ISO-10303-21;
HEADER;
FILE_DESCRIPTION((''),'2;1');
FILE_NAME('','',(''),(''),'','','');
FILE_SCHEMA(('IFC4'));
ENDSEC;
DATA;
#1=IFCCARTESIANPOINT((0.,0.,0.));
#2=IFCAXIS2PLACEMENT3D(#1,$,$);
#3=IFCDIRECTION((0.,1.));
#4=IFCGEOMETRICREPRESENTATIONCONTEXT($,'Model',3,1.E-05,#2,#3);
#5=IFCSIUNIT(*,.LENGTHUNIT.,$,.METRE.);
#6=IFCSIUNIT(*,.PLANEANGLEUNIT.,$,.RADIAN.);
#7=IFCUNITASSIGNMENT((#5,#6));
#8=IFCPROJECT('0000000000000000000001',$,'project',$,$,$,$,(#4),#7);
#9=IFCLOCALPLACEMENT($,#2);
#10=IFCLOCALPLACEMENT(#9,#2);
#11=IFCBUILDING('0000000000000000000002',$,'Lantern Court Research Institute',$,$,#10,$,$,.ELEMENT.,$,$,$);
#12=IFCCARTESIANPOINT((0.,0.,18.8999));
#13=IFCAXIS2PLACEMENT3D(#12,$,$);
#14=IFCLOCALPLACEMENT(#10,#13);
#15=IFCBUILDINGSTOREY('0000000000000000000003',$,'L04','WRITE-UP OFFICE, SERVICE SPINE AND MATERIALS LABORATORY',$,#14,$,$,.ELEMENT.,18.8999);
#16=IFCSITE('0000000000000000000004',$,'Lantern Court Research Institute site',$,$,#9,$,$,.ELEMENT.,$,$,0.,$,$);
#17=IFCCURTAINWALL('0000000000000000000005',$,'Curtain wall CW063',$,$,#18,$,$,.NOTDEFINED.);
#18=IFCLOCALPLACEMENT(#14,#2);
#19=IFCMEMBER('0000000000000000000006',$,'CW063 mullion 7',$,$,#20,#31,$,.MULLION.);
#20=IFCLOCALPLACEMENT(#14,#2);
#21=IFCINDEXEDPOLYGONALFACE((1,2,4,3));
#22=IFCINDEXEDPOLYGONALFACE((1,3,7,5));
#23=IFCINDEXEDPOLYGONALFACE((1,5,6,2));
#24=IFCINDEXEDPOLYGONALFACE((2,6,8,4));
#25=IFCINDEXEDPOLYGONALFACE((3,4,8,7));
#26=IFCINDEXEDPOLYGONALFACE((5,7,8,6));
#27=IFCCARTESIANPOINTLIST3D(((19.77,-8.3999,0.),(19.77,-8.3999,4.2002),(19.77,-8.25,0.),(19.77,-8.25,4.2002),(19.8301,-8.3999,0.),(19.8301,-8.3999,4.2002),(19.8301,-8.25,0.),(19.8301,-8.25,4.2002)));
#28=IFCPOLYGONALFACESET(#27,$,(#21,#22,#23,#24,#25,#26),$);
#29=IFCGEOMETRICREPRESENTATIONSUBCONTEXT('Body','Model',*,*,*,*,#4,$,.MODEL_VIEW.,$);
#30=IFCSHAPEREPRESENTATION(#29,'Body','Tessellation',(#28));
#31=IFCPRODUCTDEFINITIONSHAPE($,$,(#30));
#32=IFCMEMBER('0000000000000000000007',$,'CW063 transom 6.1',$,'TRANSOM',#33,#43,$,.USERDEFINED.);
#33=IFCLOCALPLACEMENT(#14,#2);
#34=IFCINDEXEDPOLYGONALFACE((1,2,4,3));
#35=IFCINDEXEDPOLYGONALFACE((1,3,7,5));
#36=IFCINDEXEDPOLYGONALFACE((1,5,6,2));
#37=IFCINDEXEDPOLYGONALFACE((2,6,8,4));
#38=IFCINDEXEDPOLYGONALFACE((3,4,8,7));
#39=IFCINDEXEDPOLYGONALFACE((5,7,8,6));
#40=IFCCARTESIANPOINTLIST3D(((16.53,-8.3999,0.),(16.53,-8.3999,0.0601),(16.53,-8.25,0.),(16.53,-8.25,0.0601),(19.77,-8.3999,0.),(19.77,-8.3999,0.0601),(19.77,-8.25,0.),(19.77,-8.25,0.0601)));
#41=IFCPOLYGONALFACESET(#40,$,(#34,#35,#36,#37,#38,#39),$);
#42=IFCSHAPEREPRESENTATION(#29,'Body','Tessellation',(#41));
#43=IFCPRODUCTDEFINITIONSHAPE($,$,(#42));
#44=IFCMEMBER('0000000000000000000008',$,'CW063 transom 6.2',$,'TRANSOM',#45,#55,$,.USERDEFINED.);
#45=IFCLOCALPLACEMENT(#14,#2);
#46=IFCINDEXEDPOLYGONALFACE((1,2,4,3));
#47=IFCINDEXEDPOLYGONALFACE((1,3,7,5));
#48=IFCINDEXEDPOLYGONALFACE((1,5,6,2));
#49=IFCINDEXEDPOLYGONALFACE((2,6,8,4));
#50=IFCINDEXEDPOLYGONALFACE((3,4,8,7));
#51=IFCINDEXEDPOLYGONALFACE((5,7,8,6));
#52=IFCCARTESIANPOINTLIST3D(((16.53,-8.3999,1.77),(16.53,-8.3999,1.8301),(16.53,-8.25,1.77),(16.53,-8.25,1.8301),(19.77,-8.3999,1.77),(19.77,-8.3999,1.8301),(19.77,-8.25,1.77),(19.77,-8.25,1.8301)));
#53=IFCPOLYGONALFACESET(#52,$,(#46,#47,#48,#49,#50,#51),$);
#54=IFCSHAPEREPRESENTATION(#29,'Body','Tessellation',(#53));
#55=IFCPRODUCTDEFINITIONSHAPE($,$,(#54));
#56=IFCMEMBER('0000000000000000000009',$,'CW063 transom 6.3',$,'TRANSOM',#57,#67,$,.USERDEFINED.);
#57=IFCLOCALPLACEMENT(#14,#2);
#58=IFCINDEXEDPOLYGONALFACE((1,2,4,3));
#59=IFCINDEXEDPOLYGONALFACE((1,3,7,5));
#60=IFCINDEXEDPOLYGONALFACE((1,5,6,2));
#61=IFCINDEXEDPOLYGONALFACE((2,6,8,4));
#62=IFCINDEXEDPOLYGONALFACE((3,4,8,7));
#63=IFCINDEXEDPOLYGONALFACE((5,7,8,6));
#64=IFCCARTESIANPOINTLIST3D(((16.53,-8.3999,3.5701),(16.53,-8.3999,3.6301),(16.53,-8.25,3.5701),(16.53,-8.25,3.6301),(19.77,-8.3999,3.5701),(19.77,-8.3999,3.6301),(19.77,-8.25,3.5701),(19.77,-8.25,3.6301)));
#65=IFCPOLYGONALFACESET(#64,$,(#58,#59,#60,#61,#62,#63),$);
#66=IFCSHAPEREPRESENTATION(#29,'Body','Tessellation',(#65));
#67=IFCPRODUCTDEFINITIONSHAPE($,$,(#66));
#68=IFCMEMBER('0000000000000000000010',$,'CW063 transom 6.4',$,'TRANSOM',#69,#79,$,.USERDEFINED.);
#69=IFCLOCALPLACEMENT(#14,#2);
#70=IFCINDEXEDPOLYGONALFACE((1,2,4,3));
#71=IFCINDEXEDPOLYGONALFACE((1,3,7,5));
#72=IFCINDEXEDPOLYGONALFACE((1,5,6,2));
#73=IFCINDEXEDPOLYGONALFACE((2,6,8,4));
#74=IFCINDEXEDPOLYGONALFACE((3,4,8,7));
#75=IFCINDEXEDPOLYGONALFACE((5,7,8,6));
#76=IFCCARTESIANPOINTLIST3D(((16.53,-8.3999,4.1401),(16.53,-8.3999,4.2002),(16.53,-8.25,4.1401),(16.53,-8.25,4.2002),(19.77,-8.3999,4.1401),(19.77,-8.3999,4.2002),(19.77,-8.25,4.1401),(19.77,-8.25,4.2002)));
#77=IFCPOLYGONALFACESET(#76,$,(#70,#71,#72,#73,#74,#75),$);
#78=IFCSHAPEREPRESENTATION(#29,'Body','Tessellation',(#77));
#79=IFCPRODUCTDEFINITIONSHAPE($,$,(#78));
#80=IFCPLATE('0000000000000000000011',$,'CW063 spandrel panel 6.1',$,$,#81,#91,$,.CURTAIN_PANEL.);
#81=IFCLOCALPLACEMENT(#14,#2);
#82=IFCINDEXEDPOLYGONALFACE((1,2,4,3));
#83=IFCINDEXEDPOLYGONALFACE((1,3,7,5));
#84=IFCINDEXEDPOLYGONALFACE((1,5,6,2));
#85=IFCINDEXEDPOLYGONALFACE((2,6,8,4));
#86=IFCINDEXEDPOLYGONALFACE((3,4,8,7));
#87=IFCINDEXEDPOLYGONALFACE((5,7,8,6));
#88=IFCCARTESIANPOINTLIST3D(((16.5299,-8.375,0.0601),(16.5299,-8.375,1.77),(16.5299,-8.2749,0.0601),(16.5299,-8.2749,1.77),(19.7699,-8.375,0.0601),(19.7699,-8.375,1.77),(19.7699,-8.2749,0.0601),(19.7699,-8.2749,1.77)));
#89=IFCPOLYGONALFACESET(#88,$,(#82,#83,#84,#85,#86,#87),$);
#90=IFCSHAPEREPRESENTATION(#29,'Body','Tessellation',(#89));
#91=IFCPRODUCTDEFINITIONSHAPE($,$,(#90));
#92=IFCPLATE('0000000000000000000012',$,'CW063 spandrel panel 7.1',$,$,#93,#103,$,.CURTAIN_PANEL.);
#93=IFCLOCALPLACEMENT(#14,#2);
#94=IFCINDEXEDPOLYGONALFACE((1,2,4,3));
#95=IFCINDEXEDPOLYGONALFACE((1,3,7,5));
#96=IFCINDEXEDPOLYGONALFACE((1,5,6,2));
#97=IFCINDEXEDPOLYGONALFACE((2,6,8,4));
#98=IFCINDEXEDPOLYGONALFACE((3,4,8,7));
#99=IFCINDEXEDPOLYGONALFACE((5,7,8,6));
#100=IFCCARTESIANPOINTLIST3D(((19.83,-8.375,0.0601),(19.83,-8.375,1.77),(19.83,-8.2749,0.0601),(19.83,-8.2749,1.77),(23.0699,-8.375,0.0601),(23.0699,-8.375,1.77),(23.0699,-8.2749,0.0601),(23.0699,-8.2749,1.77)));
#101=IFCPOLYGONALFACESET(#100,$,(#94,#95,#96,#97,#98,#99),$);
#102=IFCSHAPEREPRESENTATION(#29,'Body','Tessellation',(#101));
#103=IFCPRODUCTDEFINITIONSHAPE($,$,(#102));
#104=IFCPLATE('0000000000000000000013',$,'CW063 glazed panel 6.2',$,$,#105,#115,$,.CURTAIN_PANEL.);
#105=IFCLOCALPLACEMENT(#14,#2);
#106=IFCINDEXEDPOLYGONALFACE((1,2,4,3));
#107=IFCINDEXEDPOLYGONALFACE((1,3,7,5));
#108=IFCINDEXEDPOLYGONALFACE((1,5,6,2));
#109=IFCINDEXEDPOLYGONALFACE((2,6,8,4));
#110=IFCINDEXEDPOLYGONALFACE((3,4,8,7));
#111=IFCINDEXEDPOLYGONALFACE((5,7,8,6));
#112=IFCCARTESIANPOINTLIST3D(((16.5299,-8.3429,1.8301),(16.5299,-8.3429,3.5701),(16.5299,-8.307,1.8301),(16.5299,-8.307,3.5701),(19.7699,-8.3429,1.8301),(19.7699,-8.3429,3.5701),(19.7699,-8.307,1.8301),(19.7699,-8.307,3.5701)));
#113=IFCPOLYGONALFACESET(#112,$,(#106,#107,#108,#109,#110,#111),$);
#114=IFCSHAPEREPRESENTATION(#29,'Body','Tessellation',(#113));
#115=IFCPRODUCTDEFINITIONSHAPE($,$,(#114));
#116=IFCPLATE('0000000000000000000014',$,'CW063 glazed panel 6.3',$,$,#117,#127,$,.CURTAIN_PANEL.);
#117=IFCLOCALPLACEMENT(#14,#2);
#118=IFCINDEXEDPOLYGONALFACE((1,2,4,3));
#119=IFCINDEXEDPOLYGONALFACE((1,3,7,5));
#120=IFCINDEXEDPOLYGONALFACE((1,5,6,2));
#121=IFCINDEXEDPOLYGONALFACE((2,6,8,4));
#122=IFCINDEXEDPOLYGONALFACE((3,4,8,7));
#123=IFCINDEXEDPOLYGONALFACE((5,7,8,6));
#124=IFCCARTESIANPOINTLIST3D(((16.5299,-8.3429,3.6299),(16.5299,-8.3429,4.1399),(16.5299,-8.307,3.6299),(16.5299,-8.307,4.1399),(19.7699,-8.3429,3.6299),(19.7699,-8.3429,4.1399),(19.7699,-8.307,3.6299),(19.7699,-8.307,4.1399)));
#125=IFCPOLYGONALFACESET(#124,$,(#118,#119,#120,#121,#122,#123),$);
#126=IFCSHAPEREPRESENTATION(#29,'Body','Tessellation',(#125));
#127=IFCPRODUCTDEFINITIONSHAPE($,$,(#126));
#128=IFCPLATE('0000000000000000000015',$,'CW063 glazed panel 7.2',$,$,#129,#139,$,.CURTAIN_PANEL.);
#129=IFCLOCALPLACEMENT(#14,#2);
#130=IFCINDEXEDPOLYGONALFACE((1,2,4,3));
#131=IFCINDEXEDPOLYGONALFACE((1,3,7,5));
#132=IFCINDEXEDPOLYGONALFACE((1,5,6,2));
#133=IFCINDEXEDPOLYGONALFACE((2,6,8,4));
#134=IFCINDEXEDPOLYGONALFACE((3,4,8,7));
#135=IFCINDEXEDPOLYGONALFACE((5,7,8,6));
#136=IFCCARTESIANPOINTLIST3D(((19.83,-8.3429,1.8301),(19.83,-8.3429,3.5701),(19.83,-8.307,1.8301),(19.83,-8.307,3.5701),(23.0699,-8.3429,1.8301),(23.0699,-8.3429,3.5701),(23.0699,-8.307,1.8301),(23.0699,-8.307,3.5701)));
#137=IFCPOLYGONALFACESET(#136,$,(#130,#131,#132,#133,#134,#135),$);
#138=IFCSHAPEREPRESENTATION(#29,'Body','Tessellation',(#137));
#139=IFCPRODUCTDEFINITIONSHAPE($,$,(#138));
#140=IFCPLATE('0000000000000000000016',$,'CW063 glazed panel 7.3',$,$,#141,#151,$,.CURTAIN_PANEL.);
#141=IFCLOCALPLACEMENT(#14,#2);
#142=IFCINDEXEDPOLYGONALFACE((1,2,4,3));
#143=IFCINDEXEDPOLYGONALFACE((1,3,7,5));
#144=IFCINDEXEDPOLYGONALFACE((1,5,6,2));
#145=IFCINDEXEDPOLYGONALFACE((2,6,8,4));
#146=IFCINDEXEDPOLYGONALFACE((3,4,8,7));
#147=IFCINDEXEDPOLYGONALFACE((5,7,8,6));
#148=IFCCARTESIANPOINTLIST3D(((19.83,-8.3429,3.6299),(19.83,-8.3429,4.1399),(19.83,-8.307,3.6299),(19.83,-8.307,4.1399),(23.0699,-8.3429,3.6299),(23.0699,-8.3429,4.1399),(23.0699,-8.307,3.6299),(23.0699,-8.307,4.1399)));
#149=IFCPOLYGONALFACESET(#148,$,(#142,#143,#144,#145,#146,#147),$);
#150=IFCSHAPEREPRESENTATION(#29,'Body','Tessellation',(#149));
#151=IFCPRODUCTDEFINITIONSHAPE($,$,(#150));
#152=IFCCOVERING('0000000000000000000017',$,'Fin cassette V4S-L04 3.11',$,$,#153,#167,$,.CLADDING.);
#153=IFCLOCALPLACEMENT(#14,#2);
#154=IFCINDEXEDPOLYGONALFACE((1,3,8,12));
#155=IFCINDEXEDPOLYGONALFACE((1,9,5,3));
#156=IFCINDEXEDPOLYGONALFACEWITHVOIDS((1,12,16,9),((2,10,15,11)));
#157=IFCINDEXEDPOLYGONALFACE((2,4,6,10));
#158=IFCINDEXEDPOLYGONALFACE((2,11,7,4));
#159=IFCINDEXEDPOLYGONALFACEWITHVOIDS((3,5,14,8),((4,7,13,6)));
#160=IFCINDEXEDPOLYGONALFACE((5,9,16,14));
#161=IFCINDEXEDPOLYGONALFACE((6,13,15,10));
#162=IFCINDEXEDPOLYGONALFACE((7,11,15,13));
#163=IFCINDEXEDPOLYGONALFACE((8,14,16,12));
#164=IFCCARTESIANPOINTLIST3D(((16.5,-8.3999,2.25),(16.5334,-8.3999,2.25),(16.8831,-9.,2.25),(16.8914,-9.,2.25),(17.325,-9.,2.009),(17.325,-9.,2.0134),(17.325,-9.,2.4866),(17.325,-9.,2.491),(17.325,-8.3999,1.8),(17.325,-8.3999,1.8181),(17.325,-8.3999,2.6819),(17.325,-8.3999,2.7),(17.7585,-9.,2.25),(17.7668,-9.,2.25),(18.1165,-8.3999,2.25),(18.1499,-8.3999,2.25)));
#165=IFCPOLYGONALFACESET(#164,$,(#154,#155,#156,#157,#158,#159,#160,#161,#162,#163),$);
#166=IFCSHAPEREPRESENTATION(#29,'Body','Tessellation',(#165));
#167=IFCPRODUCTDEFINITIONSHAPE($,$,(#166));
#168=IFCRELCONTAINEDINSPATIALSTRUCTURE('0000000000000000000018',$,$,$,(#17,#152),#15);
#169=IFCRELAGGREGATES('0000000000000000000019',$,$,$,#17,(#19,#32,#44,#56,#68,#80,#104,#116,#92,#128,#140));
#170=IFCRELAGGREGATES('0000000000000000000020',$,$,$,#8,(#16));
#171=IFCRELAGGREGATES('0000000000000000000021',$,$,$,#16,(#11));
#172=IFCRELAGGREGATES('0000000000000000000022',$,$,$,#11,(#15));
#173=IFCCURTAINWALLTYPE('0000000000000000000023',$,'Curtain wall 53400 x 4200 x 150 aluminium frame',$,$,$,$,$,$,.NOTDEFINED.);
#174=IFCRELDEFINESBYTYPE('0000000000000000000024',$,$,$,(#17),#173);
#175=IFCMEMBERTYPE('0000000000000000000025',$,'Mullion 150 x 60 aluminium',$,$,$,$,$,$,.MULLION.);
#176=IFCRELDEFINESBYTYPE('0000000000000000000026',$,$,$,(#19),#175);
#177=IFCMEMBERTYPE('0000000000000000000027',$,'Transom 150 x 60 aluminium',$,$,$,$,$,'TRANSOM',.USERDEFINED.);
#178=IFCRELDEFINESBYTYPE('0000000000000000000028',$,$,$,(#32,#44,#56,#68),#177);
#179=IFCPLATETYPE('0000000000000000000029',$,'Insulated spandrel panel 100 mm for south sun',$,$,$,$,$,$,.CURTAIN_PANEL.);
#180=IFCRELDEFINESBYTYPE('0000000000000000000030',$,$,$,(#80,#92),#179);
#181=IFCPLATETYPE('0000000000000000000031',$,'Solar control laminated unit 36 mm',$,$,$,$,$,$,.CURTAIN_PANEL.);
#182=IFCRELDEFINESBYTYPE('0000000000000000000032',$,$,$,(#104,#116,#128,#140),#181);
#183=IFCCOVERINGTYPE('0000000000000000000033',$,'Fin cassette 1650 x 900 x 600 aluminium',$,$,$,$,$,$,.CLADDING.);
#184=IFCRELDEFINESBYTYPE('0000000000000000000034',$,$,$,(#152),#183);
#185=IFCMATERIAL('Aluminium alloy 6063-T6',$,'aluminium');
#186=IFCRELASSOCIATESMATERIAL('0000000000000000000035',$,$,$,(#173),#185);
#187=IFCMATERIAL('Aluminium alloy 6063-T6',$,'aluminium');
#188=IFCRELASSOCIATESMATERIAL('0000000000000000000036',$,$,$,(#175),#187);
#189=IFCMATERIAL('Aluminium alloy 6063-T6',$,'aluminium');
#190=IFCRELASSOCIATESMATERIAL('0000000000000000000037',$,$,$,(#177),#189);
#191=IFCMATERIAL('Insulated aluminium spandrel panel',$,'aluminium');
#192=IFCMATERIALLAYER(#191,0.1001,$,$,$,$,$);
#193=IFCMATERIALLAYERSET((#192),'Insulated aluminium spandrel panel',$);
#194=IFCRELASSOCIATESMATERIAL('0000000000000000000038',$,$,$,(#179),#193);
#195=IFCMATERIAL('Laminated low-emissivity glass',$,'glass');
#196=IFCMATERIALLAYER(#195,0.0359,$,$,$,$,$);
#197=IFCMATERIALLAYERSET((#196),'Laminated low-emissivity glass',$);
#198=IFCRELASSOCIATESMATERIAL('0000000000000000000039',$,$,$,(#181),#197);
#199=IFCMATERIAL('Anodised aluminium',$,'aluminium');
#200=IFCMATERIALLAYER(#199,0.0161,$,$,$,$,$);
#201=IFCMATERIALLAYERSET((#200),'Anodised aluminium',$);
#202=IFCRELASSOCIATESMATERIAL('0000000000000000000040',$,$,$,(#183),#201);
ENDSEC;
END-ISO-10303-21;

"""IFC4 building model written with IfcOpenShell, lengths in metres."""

from ifc_helpers import new_model, entity, si_unit, direction, frame, origin, origin_2d, place, context, subcontext, project, spatial, rectangle, extrude, material, layer, layer_set, material_profile, profile_set, type_object, element, aggregate, save


model = new_model("IFC4")

# Units and contexts
model_context = context("Model", 3, precision=1e-05, world=origin(), true_north=direction((0.0, 1.0)))
body_context = subcontext(model_context, "Body", "Model", "MODEL_VIEW")
ifc_project = project(units=[si_unit("LENGTHUNIT", "METRE"), si_unit("PLANEANGLEUNIT", "RADIAN")], contexts=[model_context])

# Site, building, storey
site_placement = place(None, origin())
site = spatial("IfcSite", under=ifc_project, at=site_placement, Name="Lantern Court Research Institute site", CompositionType="ELEMENT", RefElevation=0.0)
building_placement = place(site_placement, origin())
building = spatial("IfcBuilding", under=site, at=building_placement, Name="Lantern Court Research Institute", CompositionType="ELEMENT")
storey_placement = place(building_placement, frame((0.0, 0.0, 18.8999)))
storey = spatial("IfcBuildingStorey", under=building, at=storey_placement, Name="L04", Description="WRITE-UP OFFICE, SERVICE SPINE AND MATERIALS LABORATORY", CompositionType="ELEMENT", Elevation=18.8999)

# Curtain wall, members, plates
ifc_material_1 = material(Name="Aluminium alloy 6063-T6", Category="aluminium")
curtain_wall_type = type_object("IfcCurtainWallType", Name="Curtain wall 53400 x 4200 x 150 aluminium frame", PredefinedType="NOTDEFINED", material=ifc_material_1)
curtain_wall_placement = place(storey_placement, origin())
curtain_wall = element("IfcCurtainWall", 1, at=curtain_wall_placement, inside=storey, type_object=curtain_wall_type, Name="Curtain wall CW063", PredefinedType="NOTDEFINED")
ifc_material_2 = material(Name="Aluminium alloy 6063-T6", Category="aluminium")
ifc_material_profile_1 = material_profile(ifc_material_2, rectangle(XDim=0.1499, YDim=0.0601, at=origin_2d()), Name="Mullion 150 x 60")
ifc_profile_set_1 = profile_set([ifc_material_profile_1], Name="Aluminium alloy 6063-T6")
member_type_1 = type_object("IfcMemberType", Name="Mullion 150 x 60 aluminium", PredefinedType="MULLION", material=ifc_profile_set_1)
member_1_placement = place(storey_placement, frame((19.8, -8.325, 0.0), z_axis=(0.0, 0.0, 1.0), x_axis=(0.0, -1.0, 0.0)))
member_1 = element("IfcMember", 2, at=member_1_placement, type_object=member_type_1, Name="CW063 mullion 7", PredefinedType="MULLION", context=body_context, shape_type="SweptSolid", body=[
    extrude(rectangle(XDim=0.1499, YDim=0.0601, at=origin_2d()), origin(), (0.0, 0.0, 1.0), 4.2002),
])
ifc_material_3 = material(Name="Aluminium alloy 6063-T6", Category="aluminium")
ifc_material_profile_2 = material_profile(ifc_material_3, rectangle(XDim=0.1499, YDim=0.0601, at=origin_2d()), Name="Transom 150 x 60")
ifc_profile_set_2 = profile_set([ifc_material_profile_2], Name="Aluminium alloy 6063-T6")
member_type_2 = type_object("IfcMemberType", Name="Transom 150 x 60 aluminium", ElementType="TRANSOM", PredefinedType="USERDEFINED", material=ifc_profile_set_2)
member_2_placement = place(storey_placement, frame((19.77, -8.325, 0.03), z_axis=(-1.0, 0.0, 0.0), x_axis=(0.0, -1.0, 0.0)))
member_2 = element("IfcMember", 3, at=member_2_placement, type_object=member_type_2, Name="CW063 transom 6.1", ObjectType="TRANSOM", PredefinedType="USERDEFINED", context=body_context, shape_type="SweptSolid", body=[
    extrude(rectangle(XDim=0.1499, YDim=0.0601, at=origin_2d()), origin(), (0.0, 0.0, 1.0), 3.24),
])
member_3_placement = place(storey_placement, frame((19.77, -8.325, 1.8), z_axis=(-1.0, 0.0, 0.0), x_axis=(0.0, -1.0, 0.0)))
member_3 = element("IfcMember", 4, at=member_3_placement, type_object=member_type_2, Name="CW063 transom 6.2", ObjectType="TRANSOM", PredefinedType="USERDEFINED", context=body_context, shape_type="SweptSolid", body=[
    extrude(rectangle(XDim=0.1499, YDim=0.0601, at=origin_2d()), origin(), (0.0, 0.0, 1.0), 3.24),
])
member_4_placement = place(storey_placement, frame((19.77, -8.325, 3.6001), z_axis=(-1.0, 0.0, 0.0), x_axis=(0.0, -1.0, 0.0)))
member_4 = element("IfcMember", 5, at=member_4_placement, type_object=member_type_2, Name="CW063 transom 6.3", ObjectType="TRANSOM", PredefinedType="USERDEFINED", context=body_context, shape_type="SweptSolid", body=[
    extrude(rectangle(XDim=0.1499, YDim=0.0601, at=origin_2d()), origin(), (0.0, 0.0, 1.0), 3.24),
])
member_5_placement = place(storey_placement, frame((19.77, -8.325, 4.1702), z_axis=(-1.0, 0.0, 0.0), x_axis=(0.0, -1.0, 0.0)))
member_5 = element("IfcMember", 6, at=member_5_placement, type_object=member_type_2, Name="CW063 transom 6.4", ObjectType="TRANSOM", PredefinedType="USERDEFINED", context=body_context, shape_type="SweptSolid", body=[
    extrude(rectangle(XDim=0.1499, YDim=0.0601, at=origin_2d()), origin(), (0.0, 0.0, 1.0), 3.24),
])
ifc_material_4 = material(Name="Insulated aluminium spandrel panel", Category="aluminium")
ifc_layer_1 = layer(ifc_material_4, 0.1001)
ifc_layer_set_1 = layer_set([ifc_layer_1], Name="Insulated aluminium spandrel panel")
plate_type_1 = type_object("IfcPlateType", Name="Insulated spandrel panel 100 mm for south sun", PredefinedType="CURTAIN_PANEL", material=ifc_layer_set_1)
plate_1_placement = place(storey_placement, frame((18.1499, -8.325, 0.0601), z_axis=(0.0, 0.0, 1.0), x_axis=(-1.0, 0.0, 0.0)))
plate_1 = element("IfcPlate", 7, at=plate_1_placement, type_object=plate_type_1, Name="CW063 spandrel panel 6.1", PredefinedType="CURTAIN_PANEL", context=body_context, shape_type="SweptSolid", body=[
    extrude(rectangle(XDim=3.24, YDim=0.1001, at=origin_2d()), origin(), (0.0, 0.0, 1.0), 1.71),
])
plate_2_placement = place(storey_placement, frame((21.45, -8.325, 0.0601), z_axis=(0.0, 0.0, 1.0), x_axis=(-1.0, 0.0, 0.0)))
plate_2 = element("IfcPlate", 8, at=plate_2_placement, type_object=plate_type_1, Name="CW063 spandrel panel 7.1", PredefinedType="CURTAIN_PANEL", context=body_context, shape_type="SweptSolid", body=[
    extrude(rectangle(XDim=3.24, YDim=0.1001, at=origin_2d()), origin(), (0.0, 0.0, 1.0), 1.71),
])
ifc_material_5 = material(Name="Laminated low-emissivity glass", Category="glass")
ifc_layer_2 = layer(ifc_material_5, 0.0359)
ifc_layer_set_2 = layer_set([ifc_layer_2], Name="Laminated low-emissivity glass")
plate_type_2 = type_object("IfcPlateType", Name="Solar control laminated unit 36 mm", PredefinedType="CURTAIN_PANEL", material=ifc_layer_set_2)
plate_3_placement = place(storey_placement, frame((18.1499, -8.325, 1.8301), z_axis=(0.0, 0.0, 1.0), x_axis=(-1.0, 0.0, 0.0)))
plate_3 = element("IfcPlate", 9, at=plate_3_placement, type_object=plate_type_2, Name="CW063 glazed panel 6.2", PredefinedType="CURTAIN_PANEL", context=body_context, shape_type="SweptSolid", body=[
    extrude(rectangle(XDim=3.24, YDim=0.0359, at=origin_2d()), origin(), (0.0, 0.0, 1.0), 1.74),
])
plate_4_placement = place(storey_placement, frame((18.1499, -8.325, 3.6299), z_axis=(0.0, 0.0, 1.0), x_axis=(-1.0, 0.0, 0.0)))
plate_4 = element("IfcPlate", 10, at=plate_4_placement, type_object=plate_type_2, Name="CW063 glazed panel 6.3", PredefinedType="CURTAIN_PANEL", context=body_context, shape_type="SweptSolid", body=[
    extrude(rectangle(XDim=3.24, YDim=0.0359, at=origin_2d()), origin(), (0.0, 0.0, 1.0), 0.51),
])
plate_5_placement = place(storey_placement, frame((21.45, -8.325, 1.8301), z_axis=(0.0, 0.0, 1.0), x_axis=(-1.0, 0.0, 0.0)))
plate_5 = element("IfcPlate", 11, at=plate_5_placement, type_object=plate_type_2, Name="CW063 glazed panel 7.2", PredefinedType="CURTAIN_PANEL", context=body_context, shape_type="SweptSolid", body=[
    extrude(rectangle(XDim=3.24, YDim=0.0359, at=origin_2d()), origin(), (0.0, 0.0, 1.0), 1.74),
])
plate_6_placement = place(storey_placement, frame((21.45, -8.325, 3.6299), z_axis=(0.0, 0.0, 1.0), x_axis=(-1.0, 0.0, 0.0)))
plate_6 = element("IfcPlate", 12, at=plate_6_placement, type_object=plate_type_2, Name="CW063 glazed panel 7.3", PredefinedType="CURTAIN_PANEL", context=body_context, shape_type="SweptSolid", body=[
    extrude(rectangle(XDim=3.24, YDim=0.0359, at=origin_2d()), origin(), (0.0, 0.0, 1.0), 0.51),
])
aggregate(curtain_wall, [member_1, member_2, member_3, member_4, member_5, plate_1, plate_3, plate_4, plate_2, plate_5, plate_6])

# Covering
ifc_material_6 = material(Name="Anodised aluminium", Category="aluminium")
ifc_layer_3 = layer(ifc_material_6, 0.0161)
ifc_layer_set_3 = layer_set([ifc_layer_3], Name="Anodised aluminium")
covering_type = type_object("IfcCoveringType", Name="Fin cassette 1650 x 900 x 600 aluminium", PredefinedType="CLADDING", material=ifc_layer_set_3)
covering_1_placement = place(storey_placement, frame((17.325, -8.3999, 2.25), z_axis=(0.0, -1.0, 0.0), x_axis=(1.0, 0.0, 0.0)))
cartesian_point_1 = entity("IfcCartesianPoint", [0.825, 0.0])
cartesian_point_2 = entity("IfcCartesianPoint", [0.7915, 0.0])
cartesian_point_3 = entity("IfcCartesianPoint", [0.4419, 0.0])
cartesian_point_4 = entity("IfcCartesianPoint", [0.4336, 0.0])
element("IfcCovering", 13, at=covering_1_placement, inside=storey, type_object=covering_type, Name="Fin cassette V4S-L04 3.11", PredefinedType="CLADDING", context=body_context, shape_type="SweptSolid", body=[
    entity("IfcExtrudedAreaSolidTapered", entity("IfcArbitraryProfileDefWithVoids", "AREA", None, entity("IfcPolyline", [cartesian_point_1, entity("IfcCartesianPoint", [0.0, 0.45]), entity("IfcCartesianPoint", [-0.825, 0.0]), entity("IfcCartesianPoint", [0.0, -0.45]), cartesian_point_1]), [entity("IfcPolyline", [cartesian_point_2, entity("IfcCartesianPoint", [0.0, 0.4319]), entity("IfcCartesianPoint", [-0.7915, 0.0]), entity("IfcCartesianPoint", [0.0, -0.4319]), cartesian_point_2])]), entity("IfcAxis2Placement3D", entity("IfcCartesianPoint", [0.0, 0.0, 0.0])), entity("IfcDirection", [0.0, 0.0, 1.0]), 0.6001, entity("IfcArbitraryProfileDefWithVoids", "AREA", None, entity("IfcPolyline", [cartesian_point_3, entity("IfcCartesianPoint", [0.0, 0.241]), entity("IfcCartesianPoint", [-0.4419, 0.0]), entity("IfcCartesianPoint", [0.0, -0.241]), cartesian_point_3]), [entity("IfcPolyline", [cartesian_point_4, entity("IfcCartesianPoint", [0.0, 0.2366]), entity("IfcCartesianPoint", [-0.4336, 0.0]), entity("IfcCartesianPoint", [0.0, -0.2366]), cartesian_point_4])])),
])

save(model, "model.ifc")
